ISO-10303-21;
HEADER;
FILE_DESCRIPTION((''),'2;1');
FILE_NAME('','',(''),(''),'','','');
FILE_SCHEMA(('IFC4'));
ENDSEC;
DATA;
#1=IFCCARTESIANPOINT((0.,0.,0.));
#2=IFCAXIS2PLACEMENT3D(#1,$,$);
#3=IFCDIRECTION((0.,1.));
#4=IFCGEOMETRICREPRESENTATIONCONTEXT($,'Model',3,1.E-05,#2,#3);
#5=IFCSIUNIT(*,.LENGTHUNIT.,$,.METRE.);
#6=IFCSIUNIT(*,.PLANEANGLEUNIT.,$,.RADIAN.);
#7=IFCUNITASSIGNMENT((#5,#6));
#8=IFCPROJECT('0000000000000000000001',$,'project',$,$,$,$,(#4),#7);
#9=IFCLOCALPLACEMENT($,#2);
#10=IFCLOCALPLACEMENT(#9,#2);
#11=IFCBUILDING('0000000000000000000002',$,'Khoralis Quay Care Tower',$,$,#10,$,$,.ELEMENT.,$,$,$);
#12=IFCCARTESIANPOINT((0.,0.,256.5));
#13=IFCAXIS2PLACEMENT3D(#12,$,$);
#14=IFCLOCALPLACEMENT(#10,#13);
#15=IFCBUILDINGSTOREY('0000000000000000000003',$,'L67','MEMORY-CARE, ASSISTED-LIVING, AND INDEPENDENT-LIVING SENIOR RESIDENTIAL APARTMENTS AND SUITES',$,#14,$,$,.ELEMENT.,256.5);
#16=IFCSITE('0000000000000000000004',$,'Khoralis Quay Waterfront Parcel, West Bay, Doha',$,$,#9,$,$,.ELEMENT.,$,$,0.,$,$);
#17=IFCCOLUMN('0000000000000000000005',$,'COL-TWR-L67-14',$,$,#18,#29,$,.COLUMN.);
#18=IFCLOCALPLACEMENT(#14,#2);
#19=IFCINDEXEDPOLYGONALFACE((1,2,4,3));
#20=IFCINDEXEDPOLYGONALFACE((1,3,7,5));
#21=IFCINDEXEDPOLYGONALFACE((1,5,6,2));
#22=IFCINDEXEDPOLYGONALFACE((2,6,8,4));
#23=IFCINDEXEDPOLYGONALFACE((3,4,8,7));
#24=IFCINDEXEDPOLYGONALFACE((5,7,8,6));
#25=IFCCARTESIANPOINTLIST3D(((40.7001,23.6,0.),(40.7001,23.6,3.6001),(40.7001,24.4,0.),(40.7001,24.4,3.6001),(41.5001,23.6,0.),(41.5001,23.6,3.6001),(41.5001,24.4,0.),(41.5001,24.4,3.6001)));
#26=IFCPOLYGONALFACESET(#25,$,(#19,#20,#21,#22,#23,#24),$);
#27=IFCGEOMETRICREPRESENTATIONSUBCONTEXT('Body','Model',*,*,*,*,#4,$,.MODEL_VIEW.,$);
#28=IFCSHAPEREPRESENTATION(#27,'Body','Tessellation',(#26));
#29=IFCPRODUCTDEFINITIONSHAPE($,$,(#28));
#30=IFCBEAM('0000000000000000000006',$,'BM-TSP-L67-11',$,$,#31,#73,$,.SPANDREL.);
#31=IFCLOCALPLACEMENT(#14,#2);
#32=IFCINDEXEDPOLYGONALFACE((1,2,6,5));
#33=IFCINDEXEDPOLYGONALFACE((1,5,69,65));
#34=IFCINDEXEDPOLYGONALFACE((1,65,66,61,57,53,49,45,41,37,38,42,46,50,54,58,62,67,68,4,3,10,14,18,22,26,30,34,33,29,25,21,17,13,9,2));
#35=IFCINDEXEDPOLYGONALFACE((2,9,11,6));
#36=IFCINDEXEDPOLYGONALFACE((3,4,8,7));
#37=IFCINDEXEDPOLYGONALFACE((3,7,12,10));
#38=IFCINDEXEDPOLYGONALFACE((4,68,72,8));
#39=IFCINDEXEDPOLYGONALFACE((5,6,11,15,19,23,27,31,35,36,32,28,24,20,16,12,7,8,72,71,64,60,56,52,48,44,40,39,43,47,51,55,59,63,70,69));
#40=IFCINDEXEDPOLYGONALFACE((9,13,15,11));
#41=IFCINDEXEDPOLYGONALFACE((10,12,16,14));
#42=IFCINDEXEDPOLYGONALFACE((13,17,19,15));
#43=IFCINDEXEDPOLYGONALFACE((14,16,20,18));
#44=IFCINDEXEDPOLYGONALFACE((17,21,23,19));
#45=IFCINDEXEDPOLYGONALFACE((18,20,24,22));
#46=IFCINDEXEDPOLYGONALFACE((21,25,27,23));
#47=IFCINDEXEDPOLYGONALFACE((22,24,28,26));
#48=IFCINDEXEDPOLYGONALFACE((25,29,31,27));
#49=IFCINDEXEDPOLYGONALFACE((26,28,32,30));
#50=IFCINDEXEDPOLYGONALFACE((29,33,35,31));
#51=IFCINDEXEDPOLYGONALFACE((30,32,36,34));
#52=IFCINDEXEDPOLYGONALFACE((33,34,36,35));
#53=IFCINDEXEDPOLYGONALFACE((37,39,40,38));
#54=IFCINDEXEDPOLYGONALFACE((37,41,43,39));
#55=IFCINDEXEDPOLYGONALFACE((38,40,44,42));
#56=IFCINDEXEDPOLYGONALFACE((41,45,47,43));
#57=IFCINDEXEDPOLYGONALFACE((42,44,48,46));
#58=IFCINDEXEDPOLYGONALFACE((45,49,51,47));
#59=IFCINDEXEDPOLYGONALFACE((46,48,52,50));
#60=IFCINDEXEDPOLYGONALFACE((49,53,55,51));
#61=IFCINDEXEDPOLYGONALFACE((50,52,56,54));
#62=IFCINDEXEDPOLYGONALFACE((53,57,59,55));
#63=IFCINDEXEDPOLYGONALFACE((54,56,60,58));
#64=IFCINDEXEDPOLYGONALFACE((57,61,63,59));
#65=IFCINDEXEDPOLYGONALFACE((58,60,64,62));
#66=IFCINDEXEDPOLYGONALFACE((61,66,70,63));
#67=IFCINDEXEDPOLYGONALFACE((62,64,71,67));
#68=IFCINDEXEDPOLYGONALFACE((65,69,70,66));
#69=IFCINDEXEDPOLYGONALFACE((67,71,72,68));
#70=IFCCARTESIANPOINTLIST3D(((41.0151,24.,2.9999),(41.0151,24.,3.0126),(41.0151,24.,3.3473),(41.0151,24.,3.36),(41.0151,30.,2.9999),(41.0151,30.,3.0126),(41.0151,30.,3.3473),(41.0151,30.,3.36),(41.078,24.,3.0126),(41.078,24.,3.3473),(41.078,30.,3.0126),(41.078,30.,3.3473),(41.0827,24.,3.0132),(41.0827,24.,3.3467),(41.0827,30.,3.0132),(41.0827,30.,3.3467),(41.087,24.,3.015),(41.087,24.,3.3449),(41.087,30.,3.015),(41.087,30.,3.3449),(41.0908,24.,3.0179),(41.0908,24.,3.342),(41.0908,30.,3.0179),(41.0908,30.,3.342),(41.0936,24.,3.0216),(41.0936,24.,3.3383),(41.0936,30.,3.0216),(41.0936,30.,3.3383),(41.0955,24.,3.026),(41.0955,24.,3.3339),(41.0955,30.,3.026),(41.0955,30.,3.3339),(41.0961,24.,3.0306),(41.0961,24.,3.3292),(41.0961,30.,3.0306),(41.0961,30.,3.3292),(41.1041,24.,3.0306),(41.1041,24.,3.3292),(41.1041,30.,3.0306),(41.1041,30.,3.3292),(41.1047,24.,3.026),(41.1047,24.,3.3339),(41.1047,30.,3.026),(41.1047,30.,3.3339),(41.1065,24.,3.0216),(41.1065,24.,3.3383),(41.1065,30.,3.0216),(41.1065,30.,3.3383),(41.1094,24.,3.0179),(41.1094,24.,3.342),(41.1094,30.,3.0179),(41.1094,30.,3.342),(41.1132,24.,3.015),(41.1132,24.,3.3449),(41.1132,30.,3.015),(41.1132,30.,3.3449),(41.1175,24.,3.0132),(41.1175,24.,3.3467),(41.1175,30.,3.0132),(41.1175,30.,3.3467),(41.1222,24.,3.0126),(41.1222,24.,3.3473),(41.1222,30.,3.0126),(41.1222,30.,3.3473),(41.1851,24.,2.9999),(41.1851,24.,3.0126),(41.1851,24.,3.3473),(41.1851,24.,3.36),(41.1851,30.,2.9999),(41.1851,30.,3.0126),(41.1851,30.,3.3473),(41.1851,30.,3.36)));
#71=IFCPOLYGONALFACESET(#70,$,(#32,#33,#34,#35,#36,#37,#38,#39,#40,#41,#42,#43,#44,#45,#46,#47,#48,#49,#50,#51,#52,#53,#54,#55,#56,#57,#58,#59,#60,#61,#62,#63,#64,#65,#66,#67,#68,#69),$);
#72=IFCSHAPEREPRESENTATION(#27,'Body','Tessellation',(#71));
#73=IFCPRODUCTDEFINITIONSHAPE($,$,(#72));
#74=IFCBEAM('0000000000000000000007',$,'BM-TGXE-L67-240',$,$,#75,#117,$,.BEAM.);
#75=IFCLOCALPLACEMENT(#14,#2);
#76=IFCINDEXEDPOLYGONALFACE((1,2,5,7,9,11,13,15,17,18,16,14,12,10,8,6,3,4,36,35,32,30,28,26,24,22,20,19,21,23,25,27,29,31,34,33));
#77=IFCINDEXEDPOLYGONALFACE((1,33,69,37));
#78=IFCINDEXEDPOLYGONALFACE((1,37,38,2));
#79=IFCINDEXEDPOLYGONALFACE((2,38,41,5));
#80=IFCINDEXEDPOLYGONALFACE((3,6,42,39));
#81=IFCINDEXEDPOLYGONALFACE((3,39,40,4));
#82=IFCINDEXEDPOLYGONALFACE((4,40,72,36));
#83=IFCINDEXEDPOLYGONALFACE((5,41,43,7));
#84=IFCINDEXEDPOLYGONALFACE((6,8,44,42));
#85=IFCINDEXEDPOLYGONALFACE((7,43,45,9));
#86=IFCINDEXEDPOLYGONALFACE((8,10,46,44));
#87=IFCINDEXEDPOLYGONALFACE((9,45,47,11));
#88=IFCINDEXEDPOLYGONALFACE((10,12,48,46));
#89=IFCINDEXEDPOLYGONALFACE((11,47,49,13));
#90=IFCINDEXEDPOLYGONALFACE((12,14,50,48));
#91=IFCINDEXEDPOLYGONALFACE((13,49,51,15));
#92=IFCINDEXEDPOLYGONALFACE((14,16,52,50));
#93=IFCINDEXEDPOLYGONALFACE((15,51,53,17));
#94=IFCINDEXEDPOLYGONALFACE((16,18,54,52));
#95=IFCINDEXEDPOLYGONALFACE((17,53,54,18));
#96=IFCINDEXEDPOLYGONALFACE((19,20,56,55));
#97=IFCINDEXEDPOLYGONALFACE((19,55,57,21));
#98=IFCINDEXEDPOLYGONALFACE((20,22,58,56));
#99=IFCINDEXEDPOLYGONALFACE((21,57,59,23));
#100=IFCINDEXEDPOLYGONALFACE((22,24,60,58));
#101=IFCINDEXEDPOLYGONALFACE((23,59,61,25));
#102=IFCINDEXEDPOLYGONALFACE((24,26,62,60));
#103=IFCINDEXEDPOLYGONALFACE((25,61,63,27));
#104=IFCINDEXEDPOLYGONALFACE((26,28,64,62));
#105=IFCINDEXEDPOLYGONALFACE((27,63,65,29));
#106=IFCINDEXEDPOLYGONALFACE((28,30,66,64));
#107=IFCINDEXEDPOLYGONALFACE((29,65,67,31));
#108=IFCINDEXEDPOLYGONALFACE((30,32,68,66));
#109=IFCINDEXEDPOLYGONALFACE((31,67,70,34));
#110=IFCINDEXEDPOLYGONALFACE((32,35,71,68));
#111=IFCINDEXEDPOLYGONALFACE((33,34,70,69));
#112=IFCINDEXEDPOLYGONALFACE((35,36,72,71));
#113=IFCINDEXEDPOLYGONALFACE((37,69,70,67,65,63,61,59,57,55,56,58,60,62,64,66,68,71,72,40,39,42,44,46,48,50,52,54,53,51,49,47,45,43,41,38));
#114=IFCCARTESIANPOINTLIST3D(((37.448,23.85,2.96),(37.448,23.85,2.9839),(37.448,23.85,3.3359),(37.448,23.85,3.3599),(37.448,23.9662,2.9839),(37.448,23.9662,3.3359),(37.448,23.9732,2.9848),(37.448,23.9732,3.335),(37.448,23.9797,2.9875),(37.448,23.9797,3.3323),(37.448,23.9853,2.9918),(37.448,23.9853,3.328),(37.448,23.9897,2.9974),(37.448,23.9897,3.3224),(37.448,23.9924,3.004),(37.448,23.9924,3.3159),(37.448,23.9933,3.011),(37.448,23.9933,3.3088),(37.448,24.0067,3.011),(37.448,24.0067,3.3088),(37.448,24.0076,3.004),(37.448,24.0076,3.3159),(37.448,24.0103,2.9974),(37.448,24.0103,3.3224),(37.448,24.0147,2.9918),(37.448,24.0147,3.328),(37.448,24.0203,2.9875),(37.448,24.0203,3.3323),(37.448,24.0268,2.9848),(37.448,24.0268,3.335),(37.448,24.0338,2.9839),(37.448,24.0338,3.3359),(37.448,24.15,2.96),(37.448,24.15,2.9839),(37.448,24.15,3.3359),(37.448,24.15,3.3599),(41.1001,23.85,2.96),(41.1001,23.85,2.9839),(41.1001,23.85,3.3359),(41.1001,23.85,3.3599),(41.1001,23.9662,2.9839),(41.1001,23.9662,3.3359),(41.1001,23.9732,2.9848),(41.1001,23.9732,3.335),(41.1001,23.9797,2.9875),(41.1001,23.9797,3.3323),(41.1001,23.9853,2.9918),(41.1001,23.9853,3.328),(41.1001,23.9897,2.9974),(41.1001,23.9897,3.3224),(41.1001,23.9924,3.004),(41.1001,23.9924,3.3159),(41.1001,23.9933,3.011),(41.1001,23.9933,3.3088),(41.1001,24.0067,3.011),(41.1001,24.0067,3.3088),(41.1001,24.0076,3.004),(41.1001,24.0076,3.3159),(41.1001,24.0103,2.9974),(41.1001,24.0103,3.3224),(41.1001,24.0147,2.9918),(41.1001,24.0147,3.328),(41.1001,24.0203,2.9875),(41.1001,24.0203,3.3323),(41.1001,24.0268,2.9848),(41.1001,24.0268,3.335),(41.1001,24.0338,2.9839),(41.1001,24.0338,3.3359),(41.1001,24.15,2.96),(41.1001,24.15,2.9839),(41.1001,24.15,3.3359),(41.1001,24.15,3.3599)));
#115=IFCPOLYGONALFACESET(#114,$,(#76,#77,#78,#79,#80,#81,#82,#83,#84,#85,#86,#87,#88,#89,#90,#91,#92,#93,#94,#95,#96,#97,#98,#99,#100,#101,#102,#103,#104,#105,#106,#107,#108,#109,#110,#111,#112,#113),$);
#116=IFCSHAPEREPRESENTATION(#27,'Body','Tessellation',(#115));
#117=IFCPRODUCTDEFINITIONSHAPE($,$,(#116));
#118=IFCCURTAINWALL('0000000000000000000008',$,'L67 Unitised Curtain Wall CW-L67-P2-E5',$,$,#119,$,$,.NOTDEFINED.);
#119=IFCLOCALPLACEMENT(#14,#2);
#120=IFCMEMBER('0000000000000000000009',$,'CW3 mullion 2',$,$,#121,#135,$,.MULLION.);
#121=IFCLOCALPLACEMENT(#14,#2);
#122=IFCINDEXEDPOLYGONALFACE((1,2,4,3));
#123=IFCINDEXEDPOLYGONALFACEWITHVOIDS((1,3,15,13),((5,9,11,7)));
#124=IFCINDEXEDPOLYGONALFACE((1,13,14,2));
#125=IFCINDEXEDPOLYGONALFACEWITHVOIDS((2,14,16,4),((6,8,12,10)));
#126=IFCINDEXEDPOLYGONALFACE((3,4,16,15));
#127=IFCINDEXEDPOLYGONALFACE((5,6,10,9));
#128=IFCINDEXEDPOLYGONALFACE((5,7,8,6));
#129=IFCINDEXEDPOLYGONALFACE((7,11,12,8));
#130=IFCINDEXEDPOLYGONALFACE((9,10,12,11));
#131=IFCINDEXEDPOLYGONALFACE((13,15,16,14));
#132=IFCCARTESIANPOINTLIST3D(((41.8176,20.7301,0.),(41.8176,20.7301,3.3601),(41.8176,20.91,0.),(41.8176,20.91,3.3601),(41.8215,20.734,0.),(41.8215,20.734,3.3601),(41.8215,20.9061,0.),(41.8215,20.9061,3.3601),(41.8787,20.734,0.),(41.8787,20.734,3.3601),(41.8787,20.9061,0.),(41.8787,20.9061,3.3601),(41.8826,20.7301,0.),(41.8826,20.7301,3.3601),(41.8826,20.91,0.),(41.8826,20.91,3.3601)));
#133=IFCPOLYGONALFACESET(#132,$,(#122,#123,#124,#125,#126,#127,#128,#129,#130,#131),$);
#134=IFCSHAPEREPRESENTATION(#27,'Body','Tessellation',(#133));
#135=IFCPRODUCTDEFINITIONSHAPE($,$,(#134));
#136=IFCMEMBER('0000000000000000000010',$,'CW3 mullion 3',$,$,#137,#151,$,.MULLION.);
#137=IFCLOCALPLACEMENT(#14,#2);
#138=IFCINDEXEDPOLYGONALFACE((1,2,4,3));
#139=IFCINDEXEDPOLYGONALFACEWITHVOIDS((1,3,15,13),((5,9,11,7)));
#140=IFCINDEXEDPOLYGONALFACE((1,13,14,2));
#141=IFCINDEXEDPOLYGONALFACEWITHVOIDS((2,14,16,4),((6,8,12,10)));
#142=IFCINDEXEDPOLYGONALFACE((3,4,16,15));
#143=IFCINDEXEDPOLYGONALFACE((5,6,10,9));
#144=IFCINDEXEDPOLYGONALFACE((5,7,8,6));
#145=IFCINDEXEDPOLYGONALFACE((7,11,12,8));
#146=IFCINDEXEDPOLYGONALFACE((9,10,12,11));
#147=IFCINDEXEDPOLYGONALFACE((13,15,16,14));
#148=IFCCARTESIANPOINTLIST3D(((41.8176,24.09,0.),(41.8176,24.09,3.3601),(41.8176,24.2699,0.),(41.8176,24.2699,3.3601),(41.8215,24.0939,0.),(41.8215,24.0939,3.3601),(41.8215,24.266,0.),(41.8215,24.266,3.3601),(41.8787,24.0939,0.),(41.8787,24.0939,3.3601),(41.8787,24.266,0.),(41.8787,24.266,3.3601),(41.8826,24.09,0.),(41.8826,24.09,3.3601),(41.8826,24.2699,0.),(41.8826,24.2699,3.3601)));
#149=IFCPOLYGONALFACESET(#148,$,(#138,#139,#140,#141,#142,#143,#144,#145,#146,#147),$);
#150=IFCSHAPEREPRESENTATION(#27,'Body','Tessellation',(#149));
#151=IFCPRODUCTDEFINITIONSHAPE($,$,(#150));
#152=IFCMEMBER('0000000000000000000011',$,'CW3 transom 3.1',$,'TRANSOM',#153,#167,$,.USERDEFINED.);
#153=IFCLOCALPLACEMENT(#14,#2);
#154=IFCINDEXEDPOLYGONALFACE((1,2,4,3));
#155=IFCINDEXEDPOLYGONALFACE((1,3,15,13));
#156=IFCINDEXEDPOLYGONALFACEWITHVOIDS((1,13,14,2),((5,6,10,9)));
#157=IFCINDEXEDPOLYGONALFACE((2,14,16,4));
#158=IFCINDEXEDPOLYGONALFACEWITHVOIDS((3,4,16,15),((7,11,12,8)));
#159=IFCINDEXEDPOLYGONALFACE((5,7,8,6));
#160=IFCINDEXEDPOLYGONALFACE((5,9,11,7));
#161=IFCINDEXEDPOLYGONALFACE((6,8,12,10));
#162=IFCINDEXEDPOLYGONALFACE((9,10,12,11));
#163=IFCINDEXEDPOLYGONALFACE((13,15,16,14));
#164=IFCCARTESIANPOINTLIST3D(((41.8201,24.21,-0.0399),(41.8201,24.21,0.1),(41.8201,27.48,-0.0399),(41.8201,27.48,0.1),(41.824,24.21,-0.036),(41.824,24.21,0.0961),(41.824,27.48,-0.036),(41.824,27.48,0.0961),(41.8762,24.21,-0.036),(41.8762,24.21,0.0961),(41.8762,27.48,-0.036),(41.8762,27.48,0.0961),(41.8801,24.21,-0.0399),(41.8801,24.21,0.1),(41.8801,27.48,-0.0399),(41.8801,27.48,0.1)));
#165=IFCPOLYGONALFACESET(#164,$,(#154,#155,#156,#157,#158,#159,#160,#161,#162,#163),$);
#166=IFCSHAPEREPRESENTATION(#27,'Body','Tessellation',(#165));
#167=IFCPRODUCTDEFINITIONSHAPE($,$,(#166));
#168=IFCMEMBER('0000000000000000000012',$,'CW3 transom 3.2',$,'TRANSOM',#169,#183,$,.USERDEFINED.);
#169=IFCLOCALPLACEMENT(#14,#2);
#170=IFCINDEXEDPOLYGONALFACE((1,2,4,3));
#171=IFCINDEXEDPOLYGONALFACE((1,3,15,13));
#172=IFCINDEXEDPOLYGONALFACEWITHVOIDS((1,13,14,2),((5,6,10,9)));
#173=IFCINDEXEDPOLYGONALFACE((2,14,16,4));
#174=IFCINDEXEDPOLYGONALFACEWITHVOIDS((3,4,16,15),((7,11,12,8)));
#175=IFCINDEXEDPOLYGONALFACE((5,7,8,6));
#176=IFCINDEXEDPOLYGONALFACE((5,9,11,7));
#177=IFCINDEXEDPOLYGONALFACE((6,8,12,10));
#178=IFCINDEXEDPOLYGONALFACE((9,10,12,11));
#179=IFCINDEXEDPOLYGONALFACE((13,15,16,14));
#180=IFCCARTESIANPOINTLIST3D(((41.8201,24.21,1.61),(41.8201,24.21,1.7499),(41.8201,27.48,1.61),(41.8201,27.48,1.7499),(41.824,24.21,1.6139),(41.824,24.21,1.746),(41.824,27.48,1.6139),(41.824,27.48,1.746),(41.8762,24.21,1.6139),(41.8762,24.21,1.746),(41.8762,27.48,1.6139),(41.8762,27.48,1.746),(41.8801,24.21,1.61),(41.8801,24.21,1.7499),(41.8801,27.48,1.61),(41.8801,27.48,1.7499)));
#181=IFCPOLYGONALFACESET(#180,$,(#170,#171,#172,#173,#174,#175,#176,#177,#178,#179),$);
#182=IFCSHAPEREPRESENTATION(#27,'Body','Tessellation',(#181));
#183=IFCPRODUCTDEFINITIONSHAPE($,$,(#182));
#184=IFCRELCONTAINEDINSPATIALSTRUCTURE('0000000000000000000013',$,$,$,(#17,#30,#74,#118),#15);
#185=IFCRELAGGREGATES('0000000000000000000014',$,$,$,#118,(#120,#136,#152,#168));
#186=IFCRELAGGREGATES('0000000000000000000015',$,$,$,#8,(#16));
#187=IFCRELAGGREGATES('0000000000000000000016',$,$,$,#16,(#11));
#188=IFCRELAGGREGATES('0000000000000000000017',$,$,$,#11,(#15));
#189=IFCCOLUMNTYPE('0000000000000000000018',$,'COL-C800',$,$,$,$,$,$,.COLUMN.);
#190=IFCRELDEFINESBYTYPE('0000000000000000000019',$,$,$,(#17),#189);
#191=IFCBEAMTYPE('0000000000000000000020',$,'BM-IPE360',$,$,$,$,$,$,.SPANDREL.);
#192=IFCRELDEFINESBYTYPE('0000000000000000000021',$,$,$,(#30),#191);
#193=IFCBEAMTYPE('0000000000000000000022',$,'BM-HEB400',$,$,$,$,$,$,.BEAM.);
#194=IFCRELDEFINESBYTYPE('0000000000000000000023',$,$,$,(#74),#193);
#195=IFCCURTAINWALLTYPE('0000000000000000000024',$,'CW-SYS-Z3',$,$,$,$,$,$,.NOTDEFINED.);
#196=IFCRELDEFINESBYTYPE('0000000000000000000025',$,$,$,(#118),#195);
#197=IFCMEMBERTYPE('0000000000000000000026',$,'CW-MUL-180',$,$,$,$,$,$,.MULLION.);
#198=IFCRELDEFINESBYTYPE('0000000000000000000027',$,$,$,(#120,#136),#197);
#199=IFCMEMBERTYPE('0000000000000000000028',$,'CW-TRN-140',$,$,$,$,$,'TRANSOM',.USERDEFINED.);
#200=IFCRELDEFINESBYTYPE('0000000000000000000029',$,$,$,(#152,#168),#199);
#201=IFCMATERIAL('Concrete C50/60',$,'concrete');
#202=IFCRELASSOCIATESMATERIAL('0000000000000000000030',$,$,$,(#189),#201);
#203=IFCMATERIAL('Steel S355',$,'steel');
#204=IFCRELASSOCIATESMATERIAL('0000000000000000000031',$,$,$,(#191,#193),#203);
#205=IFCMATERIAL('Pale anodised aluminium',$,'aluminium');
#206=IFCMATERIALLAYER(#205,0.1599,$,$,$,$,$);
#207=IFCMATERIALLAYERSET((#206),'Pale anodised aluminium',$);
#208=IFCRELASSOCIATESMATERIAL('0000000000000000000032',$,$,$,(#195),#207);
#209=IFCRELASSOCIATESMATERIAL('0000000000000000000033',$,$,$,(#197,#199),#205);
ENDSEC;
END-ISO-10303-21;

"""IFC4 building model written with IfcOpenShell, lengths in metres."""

from ifc_helpers import new_model, si_unit, direction, frame, origin, origin_2d, place, context, subcontext, project, spatial, rectangle, hollow_rectangle, i_section, extrude, source, transform, mapped, material, layer, layer_set, material_profile, profile_set, type_object, element, aggregate, save


model = new_model("IFC4")

# Units and contexts
model_context = context("Model", 3, precision=1e-05, world=origin(), true_north=direction((0.0, 1.0)))
body_context = subcontext(model_context, "Body", "Model", "MODEL_VIEW")
ifc_project = project(units=[si_unit("LENGTHUNIT", "METRE"), si_unit("PLANEANGLEUNIT", "RADIAN")], contexts=[model_context])

# Site, building, storey
site_placement = place(None, origin())
site = spatial("IfcSite", under=ifc_project, at=site_placement, Name="Khoralis Quay Waterfront Parcel, West Bay, Doha", CompositionType="ELEMENT", RefElevation=0.0)
building_placement = place(site_placement, origin())
building = spatial("IfcBuilding", under=site, at=building_placement, Name="Khoralis Quay Care Tower", CompositionType="ELEMENT")
storey_placement = place(building_placement, frame((0.0, 0.0, 256.5)))
storey = spatial("IfcBuildingStorey", under=building, at=storey_placement, Name="L67", Description="MEMORY-CARE, ASSISTED-LIVING, AND INDEPENDENT-LIVING SENIOR RESIDENTIAL APARTMENTS AND SUITES", CompositionType="ELEMENT", Elevation=256.5)

# Column
ifc_material_1 = material(Name="Concrete C50/60", Category="concrete")
ifc_material_profile_1 = material_profile(ifc_material_1, rectangle(XDim=0.8, YDim=0.8, at=origin_2d()), Name="Concrete C50/60")
ifc_profile_set_1 = profile_set([ifc_material_profile_1], Name="Concrete C50/60")
column_type = type_object("IfcColumnType", Name="COL-C800", PredefinedType="COLUMN", material=ifc_profile_set_1)
shared_shape_1 = source(origin(), body_context, "Body", "SweptSolid", [
    extrude(rectangle(XDim=0.8, YDim=0.8, at=origin_2d()), origin(), (0.0, 0.0, 1.0), 3.6001),
])
column_placement = place(storey_placement, frame((41.1001, 24.0, 0.0), z_axis=(0.0, 0.0, 1.0), x_axis=(1.0, 0.0, 0.0)))
element("IfcColumn", 1, at=column_placement, inside=storey, type_object=column_type, Name="COL-TWR-L67-14", PredefinedType="COLUMN", context=body_context, shape_type="MappedRepresentation", body=[
    mapped(shared_shape_1, transform((0.0, 0.0, 0.0), scale=1.0)),
])

# Beams
ifc_material_2 = material(Name="Steel S355", Category="steel")
ifc_material_profile_2 = material_profile(ifc_material_2, i_section(OverallWidth=0.1699, OverallDepth=0.3601, WebThickness=0.0081, FlangeThickness=0.0127, FilletRadius=0.0181, at=origin_2d()), Name="Steel S355")
ifc_profile_set_2 = profile_set([ifc_material_profile_2], Name="Steel S355")
beam_type_1 = type_object("IfcBeamType", Name="BM-IPE360", PredefinedType="SPANDREL", material=ifc_profile_set_2)
shared_shape_2 = source(origin(), body_context, "Body", "SweptSolid", [
    extrude(i_section(OverallWidth=0.1699, OverallDepth=0.3601, WebThickness=0.0081, FlangeThickness=0.0127, FilletRadius=0.0181, at=origin_2d()), origin(), (0.0, 0.0, 1.0), 6.0),
])
beam_1_placement = place(storey_placement, frame((41.1001, 24.0, 3.1799), z_axis=(0.0, 1.0, 0.0), x_axis=(-1.0, 0.0, 0.0)))
element("IfcBeam", 2, at=beam_1_placement, inside=storey, type_object=beam_type_1, Name="BM-TSP-L67-11", PredefinedType="SPANDREL", context=body_context, shape_type="MappedRepresentation", body=[
    mapped(shared_shape_2, transform((0.0, 0.0, 0.0), scale=1.0)),
])
ifc_material_profile_3 = material_profile(ifc_material_2, i_section(OverallWidth=0.3, OverallDepth=0.3999, WebThickness=0.0134, FlangeThickness=0.0239, FilletRadius=0.0271, at=origin_2d()), Name="Steel S355")
ifc_profile_set_3 = profile_set([ifc_material_profile_3], Name="Steel S355")
beam_type_2 = type_object("IfcBeamType", Name="BM-HEB400", PredefinedType="BEAM", material=ifc_profile_set_3)
shared_shape_3 = source(origin(), body_context, "Body", "SweptSolid", [
    extrude(i_section(OverallWidth=0.3, OverallDepth=0.3999, WebThickness=0.0134, FlangeThickness=0.0239, FilletRadius=0.0271, at=origin_2d()), origin(), (0.0, 0.0, 1.0), 3.6521),
])
beam_2_placement = place(storey_placement, frame((37.448, 24.0, 3.1599), z_axis=(1.0, 0.0, 0.0), x_axis=(0.0, 1.0, 0.0)))
element("IfcBeam", 3, at=beam_2_placement, inside=storey, type_object=beam_type_2, Name="BM-TGXE-L67-240", PredefinedType="BEAM", context=body_context, shape_type="MappedRepresentation", body=[
    mapped(shared_shape_3, transform((0.0, 0.0, 0.0), scale=1.0)),
])

# Curtain wall, members
ifc_material_3 = material(Name="Pale anodised aluminium", Category="aluminium")
ifc_layer_1 = layer(ifc_material_3, 0.1599)
ifc_layer_set_1 = layer_set([ifc_layer_1], Name="Pale anodised aluminium")
curtain_wall_type = type_object("IfcCurtainWallType", Name="CW-SYS-Z3", PredefinedType="NOTDEFINED", material=ifc_layer_set_1)
curtain_wall_placement = place(storey_placement, origin())
curtain_wall = element("IfcCurtainWall", 4, at=curtain_wall_placement, inside=storey, type_object=curtain_wall_type, Name="L67 Unitised Curtain Wall CW-L67-P2-E5", PredefinedType="NOTDEFINED")
ifc_material_profile_4 = material_profile(ifc_material_3, hollow_rectangle(XDim=0.0649, YDim=0.1799, WallThickness=0.0039, at=origin_2d()), Name="Pale anodised aluminium")
ifc_profile_set_4 = profile_set([ifc_material_profile_4], Name="Pale anodised aluminium")
member_type_1 = type_object("IfcMemberType", Name="CW-MUL-180", PredefinedType="MULLION", material=ifc_profile_set_4)
shared_shape_4 = source(origin(), body_context, "Body", "SweptSolid", [
    extrude(hollow_rectangle(XDim=0.0649, YDim=0.1799, WallThickness=0.0039, at=origin_2d()), origin(), (0.0, 0.0, 1.0), 3.3601),
])
member_1_placement = place(storey_placement, frame((41.8501, 20.8201, 0.0), z_axis=(0.0, 0.0, 1.0), x_axis=(-1.0, 0.0, 0.0)))
member_1 = element("IfcMember", 5, at=member_1_placement, type_object=member_type_1, Name="CW3 mullion 2", PredefinedType="MULLION", context=body_context, shape_type="MappedRepresentation", body=[
    mapped(shared_shape_4, transform((0.0, 0.0, 0.0), scale=1.0)),
])
member_2_placement = place(storey_placement, frame((41.8501, 24.1799, 0.0), z_axis=(0.0, 0.0, 1.0), x_axis=(-1.0, 0.0, 0.0)))
member_2 = element("IfcMember", 6, at=member_2_placement, type_object=member_type_1, Name="CW3 mullion 3", PredefinedType="MULLION", context=body_context, shape_type="MappedRepresentation", body=[
    mapped(shared_shape_4, transform((0.0, 0.0, 0.0), scale=1.0)),
])
ifc_material_profile_5 = material_profile(ifc_material_3, hollow_rectangle(XDim=0.0601, YDim=0.1399, WallThickness=0.0039, at=origin_2d()), Name="Pale anodised aluminium")
ifc_profile_set_5 = profile_set([ifc_material_profile_5], Name="Pale anodised aluminium")
member_type_2 = type_object("IfcMemberType", Name="CW-TRN-140", ElementType="TRANSOM", PredefinedType="USERDEFINED", material=ifc_profile_set_5)
shared_shape_5 = source(origin(), body_context, "Body", "SweptSolid", [
    extrude(hollow_rectangle(XDim=0.0601, YDim=0.1399, WallThickness=0.0039, at=origin_2d()), origin(), (0.0, 0.0, 1.0), 3.27),
])
member_3_placement = place(storey_placement, frame((41.8501, 24.21, 0.03), z_axis=(0.0, 1.0, 0.0), x_axis=(-1.0, 0.0, 0.0)))
member_3 = element("IfcMember", 7, at=member_3_placement, type_object=member_type_2, Name="CW3 transom 3.1", ObjectType="TRANSOM", PredefinedType="USERDEFINED", context=body_context, shape_type="MappedRepresentation", body=[
    mapped(shared_shape_5, transform((0.0, 0.0, 0.0), scale=1.0)),
])
member_4_placement = place(storey_placement, frame((41.8501, 24.21, 1.6799), z_axis=(0.0, 1.0, 0.0), x_axis=(-1.0, 0.0, 0.0)))
member_4 = element("IfcMember", 8, at=member_4_placement, type_object=member_type_2, Name="CW3 transom 3.2", ObjectType="TRANSOM", PredefinedType="USERDEFINED", context=body_context, shape_type="MappedRepresentation", body=[
    mapped(shared_shape_5, transform((0.0, 0.0, 0.0), scale=1.0)),
])
aggregate(curtain_wall, [member_1, member_2, member_3, member_4])

save(model, "model.ifc")
